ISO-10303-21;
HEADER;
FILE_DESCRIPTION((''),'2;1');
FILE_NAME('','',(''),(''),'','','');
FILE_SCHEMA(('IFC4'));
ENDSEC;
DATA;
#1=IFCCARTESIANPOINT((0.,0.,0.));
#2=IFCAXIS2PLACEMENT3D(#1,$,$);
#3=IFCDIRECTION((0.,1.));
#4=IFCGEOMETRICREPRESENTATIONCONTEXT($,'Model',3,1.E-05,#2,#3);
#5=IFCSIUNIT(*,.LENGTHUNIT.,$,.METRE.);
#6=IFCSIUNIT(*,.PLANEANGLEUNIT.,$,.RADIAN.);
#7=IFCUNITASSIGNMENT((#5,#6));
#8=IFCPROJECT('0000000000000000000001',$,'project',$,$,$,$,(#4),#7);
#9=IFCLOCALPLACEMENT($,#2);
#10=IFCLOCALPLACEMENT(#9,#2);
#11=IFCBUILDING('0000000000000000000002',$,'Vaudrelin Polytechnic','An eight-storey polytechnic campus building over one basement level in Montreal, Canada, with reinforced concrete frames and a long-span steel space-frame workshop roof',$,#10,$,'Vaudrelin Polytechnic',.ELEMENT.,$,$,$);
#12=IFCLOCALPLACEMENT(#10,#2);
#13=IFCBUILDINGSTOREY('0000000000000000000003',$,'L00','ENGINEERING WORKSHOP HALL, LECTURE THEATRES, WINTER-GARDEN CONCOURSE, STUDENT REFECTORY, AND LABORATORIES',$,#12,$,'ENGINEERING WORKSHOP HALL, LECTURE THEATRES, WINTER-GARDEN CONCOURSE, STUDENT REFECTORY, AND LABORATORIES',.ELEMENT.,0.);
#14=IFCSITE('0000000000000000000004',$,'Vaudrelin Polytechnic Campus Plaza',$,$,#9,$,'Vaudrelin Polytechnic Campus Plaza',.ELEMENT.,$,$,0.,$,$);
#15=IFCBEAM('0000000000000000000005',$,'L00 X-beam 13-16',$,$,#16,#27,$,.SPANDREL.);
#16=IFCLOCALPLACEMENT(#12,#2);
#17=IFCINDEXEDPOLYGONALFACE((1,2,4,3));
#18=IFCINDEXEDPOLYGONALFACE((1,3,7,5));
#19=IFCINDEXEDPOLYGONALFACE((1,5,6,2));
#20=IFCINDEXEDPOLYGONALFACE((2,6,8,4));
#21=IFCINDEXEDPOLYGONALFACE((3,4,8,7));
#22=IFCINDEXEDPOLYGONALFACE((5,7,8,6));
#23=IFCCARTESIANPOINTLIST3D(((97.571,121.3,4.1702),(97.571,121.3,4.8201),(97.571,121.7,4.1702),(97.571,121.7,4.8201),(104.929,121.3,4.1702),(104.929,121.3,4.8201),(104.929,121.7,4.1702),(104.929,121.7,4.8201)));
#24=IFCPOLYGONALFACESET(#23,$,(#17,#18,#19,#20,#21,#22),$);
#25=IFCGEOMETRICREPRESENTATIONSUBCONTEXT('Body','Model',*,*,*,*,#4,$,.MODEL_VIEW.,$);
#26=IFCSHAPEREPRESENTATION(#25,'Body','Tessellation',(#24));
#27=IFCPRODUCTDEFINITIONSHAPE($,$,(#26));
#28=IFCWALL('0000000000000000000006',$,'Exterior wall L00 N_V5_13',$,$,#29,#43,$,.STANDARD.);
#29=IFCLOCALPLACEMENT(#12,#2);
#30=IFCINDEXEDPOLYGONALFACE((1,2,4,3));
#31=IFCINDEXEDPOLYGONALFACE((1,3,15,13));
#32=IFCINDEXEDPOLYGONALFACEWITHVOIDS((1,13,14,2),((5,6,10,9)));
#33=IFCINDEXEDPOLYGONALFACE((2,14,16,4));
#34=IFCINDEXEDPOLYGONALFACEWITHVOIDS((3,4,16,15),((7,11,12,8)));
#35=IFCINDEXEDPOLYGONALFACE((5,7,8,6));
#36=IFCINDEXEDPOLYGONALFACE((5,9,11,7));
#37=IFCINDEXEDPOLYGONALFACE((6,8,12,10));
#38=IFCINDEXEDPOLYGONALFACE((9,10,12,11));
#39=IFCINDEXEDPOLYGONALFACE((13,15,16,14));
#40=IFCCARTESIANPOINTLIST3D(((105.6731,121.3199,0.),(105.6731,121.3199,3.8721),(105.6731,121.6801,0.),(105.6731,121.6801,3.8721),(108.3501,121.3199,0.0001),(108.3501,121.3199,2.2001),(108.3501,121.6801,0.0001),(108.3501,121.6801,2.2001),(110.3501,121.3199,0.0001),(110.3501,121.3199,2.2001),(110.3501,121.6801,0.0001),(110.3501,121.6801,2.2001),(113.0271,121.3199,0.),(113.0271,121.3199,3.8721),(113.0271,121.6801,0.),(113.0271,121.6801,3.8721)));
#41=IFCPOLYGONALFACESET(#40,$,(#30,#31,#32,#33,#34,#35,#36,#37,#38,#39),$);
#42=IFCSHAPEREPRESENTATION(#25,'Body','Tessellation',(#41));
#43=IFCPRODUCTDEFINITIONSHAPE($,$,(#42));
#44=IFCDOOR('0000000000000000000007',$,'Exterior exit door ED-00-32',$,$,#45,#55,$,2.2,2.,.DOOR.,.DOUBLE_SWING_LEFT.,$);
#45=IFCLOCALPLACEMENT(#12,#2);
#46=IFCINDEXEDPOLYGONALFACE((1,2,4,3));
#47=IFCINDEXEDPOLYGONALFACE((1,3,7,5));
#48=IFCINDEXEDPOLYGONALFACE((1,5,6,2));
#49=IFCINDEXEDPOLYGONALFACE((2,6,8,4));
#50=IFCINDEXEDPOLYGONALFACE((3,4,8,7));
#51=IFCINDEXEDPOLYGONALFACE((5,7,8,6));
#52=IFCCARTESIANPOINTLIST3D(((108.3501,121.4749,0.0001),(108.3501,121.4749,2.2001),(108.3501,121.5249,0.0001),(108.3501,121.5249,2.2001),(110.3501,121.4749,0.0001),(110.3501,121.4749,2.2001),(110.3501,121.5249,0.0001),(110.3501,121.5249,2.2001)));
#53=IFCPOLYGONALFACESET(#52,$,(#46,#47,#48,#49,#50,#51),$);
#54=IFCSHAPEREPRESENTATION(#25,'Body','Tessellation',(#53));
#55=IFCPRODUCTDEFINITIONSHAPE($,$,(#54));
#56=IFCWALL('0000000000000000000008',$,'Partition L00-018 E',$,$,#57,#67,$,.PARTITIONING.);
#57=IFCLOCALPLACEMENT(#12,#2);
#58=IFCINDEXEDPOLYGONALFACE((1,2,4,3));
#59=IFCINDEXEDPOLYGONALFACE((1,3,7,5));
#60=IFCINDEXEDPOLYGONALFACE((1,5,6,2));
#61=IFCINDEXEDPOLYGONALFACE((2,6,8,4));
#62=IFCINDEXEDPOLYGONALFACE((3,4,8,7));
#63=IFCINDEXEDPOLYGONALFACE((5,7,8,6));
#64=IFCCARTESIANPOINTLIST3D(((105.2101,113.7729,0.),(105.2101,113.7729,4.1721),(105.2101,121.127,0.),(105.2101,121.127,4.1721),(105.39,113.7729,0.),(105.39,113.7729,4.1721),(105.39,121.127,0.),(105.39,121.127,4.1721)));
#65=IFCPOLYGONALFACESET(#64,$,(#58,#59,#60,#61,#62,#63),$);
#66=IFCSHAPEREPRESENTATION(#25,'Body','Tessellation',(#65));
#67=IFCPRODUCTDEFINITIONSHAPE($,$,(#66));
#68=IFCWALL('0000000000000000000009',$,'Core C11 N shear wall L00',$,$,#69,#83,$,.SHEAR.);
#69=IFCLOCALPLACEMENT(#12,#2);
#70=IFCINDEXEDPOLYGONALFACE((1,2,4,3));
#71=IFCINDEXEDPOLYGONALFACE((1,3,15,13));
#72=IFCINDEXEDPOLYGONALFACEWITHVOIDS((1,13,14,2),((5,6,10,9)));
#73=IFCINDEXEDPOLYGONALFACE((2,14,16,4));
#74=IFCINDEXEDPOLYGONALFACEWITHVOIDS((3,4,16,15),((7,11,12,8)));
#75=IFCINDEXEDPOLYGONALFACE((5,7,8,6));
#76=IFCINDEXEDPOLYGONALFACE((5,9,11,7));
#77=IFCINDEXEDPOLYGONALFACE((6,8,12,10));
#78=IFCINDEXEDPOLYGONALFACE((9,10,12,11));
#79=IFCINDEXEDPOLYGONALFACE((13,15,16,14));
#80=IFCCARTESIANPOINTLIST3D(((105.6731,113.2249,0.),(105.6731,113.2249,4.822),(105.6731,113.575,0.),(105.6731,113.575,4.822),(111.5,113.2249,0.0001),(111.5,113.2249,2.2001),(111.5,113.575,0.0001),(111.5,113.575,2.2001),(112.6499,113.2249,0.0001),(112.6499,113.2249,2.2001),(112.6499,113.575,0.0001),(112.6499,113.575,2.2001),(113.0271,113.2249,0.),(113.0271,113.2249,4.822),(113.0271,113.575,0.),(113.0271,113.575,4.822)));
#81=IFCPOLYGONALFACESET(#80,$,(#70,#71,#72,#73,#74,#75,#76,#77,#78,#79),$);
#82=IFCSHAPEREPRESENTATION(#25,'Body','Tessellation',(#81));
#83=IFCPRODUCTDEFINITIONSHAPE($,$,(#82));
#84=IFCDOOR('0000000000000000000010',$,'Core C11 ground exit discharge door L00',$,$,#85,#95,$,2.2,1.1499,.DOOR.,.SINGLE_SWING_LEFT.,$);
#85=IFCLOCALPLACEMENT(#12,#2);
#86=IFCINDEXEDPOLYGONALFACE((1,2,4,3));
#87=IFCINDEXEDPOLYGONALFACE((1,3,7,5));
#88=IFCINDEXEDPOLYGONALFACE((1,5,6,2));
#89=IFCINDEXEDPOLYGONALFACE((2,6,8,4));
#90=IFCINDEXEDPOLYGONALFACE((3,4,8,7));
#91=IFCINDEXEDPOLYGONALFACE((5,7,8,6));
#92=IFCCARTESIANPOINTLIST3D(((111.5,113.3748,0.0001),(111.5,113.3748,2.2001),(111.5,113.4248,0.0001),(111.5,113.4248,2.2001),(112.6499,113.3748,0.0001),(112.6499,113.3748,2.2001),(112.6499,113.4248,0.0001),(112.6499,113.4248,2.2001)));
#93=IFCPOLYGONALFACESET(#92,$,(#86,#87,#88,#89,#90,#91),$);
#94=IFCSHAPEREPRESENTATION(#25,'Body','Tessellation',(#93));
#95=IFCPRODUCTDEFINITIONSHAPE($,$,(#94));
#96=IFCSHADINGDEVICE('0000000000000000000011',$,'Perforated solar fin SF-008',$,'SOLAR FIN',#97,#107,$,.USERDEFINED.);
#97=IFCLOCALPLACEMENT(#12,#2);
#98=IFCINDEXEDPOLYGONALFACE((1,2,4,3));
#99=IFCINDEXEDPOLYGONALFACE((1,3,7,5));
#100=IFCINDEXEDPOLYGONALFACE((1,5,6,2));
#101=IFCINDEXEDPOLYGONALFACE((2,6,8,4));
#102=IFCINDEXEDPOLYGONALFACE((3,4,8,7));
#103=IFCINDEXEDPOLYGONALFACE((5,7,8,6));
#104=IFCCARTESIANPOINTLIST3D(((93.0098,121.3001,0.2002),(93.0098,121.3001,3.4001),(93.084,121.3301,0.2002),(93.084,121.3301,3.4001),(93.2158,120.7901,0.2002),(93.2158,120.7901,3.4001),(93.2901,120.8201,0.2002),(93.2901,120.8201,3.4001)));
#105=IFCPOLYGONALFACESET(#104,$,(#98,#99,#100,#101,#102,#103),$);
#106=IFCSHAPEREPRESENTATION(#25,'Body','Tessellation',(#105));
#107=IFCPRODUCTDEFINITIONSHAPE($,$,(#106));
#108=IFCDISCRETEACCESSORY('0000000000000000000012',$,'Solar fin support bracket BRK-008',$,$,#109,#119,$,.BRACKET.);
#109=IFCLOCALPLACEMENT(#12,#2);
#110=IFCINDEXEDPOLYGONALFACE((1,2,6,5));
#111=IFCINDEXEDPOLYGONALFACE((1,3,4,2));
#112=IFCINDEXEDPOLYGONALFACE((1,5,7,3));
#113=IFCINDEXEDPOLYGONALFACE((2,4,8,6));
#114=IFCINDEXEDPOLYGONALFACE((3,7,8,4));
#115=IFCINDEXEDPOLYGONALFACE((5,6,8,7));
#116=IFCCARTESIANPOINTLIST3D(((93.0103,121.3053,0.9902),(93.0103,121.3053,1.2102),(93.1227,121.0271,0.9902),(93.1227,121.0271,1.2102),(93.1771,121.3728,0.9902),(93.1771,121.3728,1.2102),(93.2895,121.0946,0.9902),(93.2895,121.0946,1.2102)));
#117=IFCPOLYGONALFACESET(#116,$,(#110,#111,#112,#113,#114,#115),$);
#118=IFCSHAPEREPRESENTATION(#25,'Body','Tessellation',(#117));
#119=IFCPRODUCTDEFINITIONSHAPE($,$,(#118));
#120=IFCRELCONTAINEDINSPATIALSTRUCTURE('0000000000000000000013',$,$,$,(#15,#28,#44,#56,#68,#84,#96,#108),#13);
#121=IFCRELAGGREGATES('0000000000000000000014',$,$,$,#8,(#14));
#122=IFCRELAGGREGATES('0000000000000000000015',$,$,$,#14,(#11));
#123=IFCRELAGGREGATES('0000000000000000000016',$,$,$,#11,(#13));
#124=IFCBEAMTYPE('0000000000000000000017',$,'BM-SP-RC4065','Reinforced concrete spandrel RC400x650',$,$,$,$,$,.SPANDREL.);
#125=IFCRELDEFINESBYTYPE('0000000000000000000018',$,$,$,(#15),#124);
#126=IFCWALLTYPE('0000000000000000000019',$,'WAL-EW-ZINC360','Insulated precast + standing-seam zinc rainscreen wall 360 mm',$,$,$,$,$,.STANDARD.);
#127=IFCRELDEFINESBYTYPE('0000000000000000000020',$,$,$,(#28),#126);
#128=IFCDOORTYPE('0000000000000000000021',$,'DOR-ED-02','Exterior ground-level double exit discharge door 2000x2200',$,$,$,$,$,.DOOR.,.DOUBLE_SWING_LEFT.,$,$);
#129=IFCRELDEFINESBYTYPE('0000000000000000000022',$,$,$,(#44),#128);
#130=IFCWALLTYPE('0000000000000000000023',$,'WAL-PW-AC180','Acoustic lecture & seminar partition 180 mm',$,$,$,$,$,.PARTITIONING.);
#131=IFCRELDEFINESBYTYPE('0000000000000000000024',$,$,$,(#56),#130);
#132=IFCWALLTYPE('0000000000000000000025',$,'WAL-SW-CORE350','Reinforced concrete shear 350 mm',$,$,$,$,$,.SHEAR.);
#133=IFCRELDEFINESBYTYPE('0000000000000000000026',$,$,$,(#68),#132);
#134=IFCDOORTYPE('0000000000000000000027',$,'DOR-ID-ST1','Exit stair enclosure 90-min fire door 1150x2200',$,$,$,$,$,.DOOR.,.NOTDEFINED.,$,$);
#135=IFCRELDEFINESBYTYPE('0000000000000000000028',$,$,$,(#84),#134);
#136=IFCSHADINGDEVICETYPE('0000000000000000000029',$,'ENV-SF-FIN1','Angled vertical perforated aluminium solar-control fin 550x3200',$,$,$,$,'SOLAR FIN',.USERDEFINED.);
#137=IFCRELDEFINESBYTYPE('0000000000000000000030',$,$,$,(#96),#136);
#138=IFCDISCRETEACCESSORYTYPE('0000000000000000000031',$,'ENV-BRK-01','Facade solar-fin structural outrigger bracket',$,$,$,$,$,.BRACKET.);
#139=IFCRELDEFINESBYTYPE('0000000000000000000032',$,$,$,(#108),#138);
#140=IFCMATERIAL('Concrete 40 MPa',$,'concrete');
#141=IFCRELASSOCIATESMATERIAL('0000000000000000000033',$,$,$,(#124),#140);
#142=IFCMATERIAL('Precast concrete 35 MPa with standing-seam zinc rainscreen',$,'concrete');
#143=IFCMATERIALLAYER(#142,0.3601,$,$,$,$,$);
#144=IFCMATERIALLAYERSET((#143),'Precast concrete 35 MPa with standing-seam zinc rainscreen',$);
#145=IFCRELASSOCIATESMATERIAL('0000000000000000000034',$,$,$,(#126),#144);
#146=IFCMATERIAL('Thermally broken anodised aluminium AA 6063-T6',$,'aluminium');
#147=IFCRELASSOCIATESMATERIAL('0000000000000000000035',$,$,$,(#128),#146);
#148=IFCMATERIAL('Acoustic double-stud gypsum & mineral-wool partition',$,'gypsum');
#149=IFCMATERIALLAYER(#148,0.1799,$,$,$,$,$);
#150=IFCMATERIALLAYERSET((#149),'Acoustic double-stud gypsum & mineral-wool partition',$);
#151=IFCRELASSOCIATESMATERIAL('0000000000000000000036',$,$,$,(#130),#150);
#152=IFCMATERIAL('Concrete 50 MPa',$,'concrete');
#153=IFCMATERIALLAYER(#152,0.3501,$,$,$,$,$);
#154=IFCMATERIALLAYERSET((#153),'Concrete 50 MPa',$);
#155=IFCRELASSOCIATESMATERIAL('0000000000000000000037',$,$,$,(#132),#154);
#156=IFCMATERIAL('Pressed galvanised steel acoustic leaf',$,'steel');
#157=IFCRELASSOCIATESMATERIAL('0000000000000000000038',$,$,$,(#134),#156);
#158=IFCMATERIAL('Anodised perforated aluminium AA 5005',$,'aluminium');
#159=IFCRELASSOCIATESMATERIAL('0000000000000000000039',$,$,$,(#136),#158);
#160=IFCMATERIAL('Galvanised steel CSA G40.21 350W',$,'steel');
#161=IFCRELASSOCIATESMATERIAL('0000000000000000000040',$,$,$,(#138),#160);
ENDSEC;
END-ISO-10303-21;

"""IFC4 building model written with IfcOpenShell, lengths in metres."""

from ifc_helpers import new_model, si_unit, direction, frame, frame_2d, origin, origin_2d, place, context, subcontext, project, spatial, rectangle, extrude, material, layer, layer_set, material_profile, profile_set, type_object, element, fill, save


model = new_model("IFC4")

# Units and contexts
model_context = context("Model", 3, precision=1e-05, world=origin(), true_north=direction((0.0, 1.0)))
body_context = subcontext(model_context, "Body", "Model", "MODEL_VIEW")
ifc_project = project(units=[si_unit("LENGTHUNIT", "METRE"), si_unit("PLANEANGLEUNIT", "RADIAN")], contexts=[model_context])

# Site, building, storey
site_placement = place(None, origin())
site = spatial("IfcSite", under=ifc_project, at=site_placement, Name="Vaudrelin Polytechnic Campus Plaza", LongName="Vaudrelin Polytechnic Campus Plaza", CompositionType="ELEMENT", RefElevation=0.0)
building_placement = place(site_placement, origin())
building = spatial("IfcBuilding", under=site, at=building_placement, Name="Vaudrelin Polytechnic", Description="An eight-storey polytechnic campus building over one basement level in Montreal, Canada, with reinforced concrete frames and a long-span steel space-frame workshop roof", LongName="Vaudrelin Polytechnic", CompositionType="ELEMENT")
storey_placement = place(building_placement, origin())
storey = spatial("IfcBuildingStorey", under=building, at=storey_placement, Name="L00", Description="ENGINEERING WORKSHOP HALL, LECTURE THEATRES, WINTER-GARDEN CONCOURSE, STUDENT REFECTORY, AND LABORATORIES", LongName="ENGINEERING WORKSHOP HALL, LECTURE THEATRES, WINTER-GARDEN CONCOURSE, STUDENT REFECTORY, AND LABORATORIES", CompositionType="ELEMENT", Elevation=0.0)

# Shared definitions
ifc_material_1 = material(Name="Concrete 50 MPa", Category="concrete")

# Beam
ifc_material_2 = material(Name="Concrete 40 MPa", Category="concrete")
ifc_material_profile_1 = material_profile(ifc_material_2, rectangle(XDim=0.3999, YDim=0.6499, at=origin_2d()), Name="RC400x650")
ifc_profile_set_1 = profile_set([ifc_material_profile_1], Name="Concrete 40 MPa")
beam_type_1 = type_object("IfcBeamType", Name="BM-SP-RC4065", Description="Reinforced concrete spandrel RC400x650", PredefinedType="SPANDREL", material=ifc_profile_set_1)
beam_1_placement = place(storey_placement, frame((97.571, 121.5, 4.4951), z_axis=(1.0, 0.0, 0.0), x_axis=(0.0, 1.0, 0.0)))
element("IfcBeam", 1, at=beam_1_placement, inside=storey, type_object=beam_type_1, Name="L00 X-beam 13-16", PredefinedType="SPANDREL", context=body_context, shape_type="SweptSolid", body=[
    extrude(rectangle(XDim=0.3999, YDim=0.6499, at=origin_2d()), origin(), (0.0, 0.0, 1.0), 7.3579),
])

# Wall, opening, door
ifc_material_3 = material(Name="Precast concrete 35 MPa with standing-seam zinc rainscreen", Category="concrete")
ifc_layer_1 = layer(ifc_material_3, 0.3601)
ifc_layer_set_1 = layer_set([ifc_layer_1], Name="Precast concrete 35 MPa with standing-seam zinc rainscreen")
wall_type_1 = type_object("IfcWallType", Name="WAL-EW-ZINC360", Description="Insulated precast + standing-seam zinc rainscreen wall 360 mm", PredefinedType="STANDARD", material=ifc_layer_set_1)
ifc_material_4 = material(Name="Thermally broken anodised aluminium AA 6063-T6", Category="aluminium")
wall_1_placement = place(storey_placement, frame((105.6731, 121.5, 0.0), z_axis=(0.0, 0.0, 1.0), x_axis=(1.0, 0.0, 0.0)))
wall_1 = element("IfcWall", 2, at=wall_1_placement, inside=storey, type_object=wall_type_1, Name="Exterior wall L00 N_V5_13", PredefinedType="STANDARD", context=body_context, shape_type="SweptSolid", body=[
    extrude(rectangle(XDim=7.354, YDim=0.3601, at=frame_2d((3.677, 0.0))), origin(), (0.0, 0.0, 1.0), 3.8721),
])
opening_1_placement = place(wall_1_placement, frame((2.677, 0.0, 0.0)))
opening_1 = element("IfcOpeningElement", 3, at=opening_1_placement, cuts=wall_1, PredefinedType="OPENING", context=body_context, shape_type="SweptSolid", body=[
    extrude(rectangle(XDim=2.0, YDim=2.2, at=frame_2d((1.0, 1.1001))), frame((0.0, 0.1899, 0.0), z_axis=(0.0, -1.0, 0.0), x_axis=(1.0, 0.0, 0.0)), (0.0, 0.0, 1.0), 0.3801),
])
door_type_1 = type_object("IfcDoorType", Name="DOR-ED-02", Description="Exterior ground-level double exit discharge door 2000x2200", OperationType="DOUBLE_SWING_LEFT", PredefinedType="DOOR", material=ifc_material_4)
door_1_placement = place(opening_1_placement, origin())
door_1 = element("IfcDoor", 4, at=door_1_placement, inside=storey, type_object=door_type_1, Name="Exterior exit door ED-00-32", OperationType="DOUBLE_SWING_LEFT", OverallHeight=2.2, OverallWidth=2.0, PredefinedType="DOOR", context=body_context, shape_type="SweptSolid", body=[
    extrude(rectangle(XDim=2.0, YDim=2.2, at=frame_2d((1.0, 1.1001))), frame((0.0, 0.0249, 0.0), z_axis=(0.0, -1.0, 0.0), x_axis=(1.0, 0.0, 0.0)), (0.0, 0.0, 1.0), 0.05),
])
fill(opening_1, door_1)

# Wall
ifc_material_5 = material(Name="Acoustic double-stud gypsum & mineral-wool partition", Category="gypsum")
ifc_layer_2 = layer(ifc_material_5, 0.1799)
ifc_layer_set_2 = layer_set([ifc_layer_2], Name="Acoustic double-stud gypsum & mineral-wool partition")
wall_type_2 = type_object("IfcWallType", Name="WAL-PW-AC180", Description="Acoustic lecture & seminar partition 180 mm", PredefinedType="PARTITIONING", material=ifc_layer_set_2)
wall_2_placement = place(storey_placement, frame((105.3, 113.7729, 0.0), z_axis=(0.0, 0.0, 1.0), x_axis=(0.0, 1.0, 0.0)))
element("IfcWall", 5, at=wall_2_placement, inside=storey, type_object=wall_type_2, Name="Partition L00-018 E", PredefinedType="PARTITIONING", context=body_context, shape_type="SweptSolid", body=[
    extrude(rectangle(XDim=7.354, YDim=0.1799, at=frame_2d((3.677, 0.0))), origin(), (0.0, 0.0, 1.0), 4.1721),
])

# Wall, opening, door
ifc_layer_3 = layer(ifc_material_1, 0.3501)
ifc_layer_set_3 = layer_set([ifc_layer_3], Name="Concrete 50 MPa")
wall_type_3 = type_object("IfcWallType", Name="WAL-SW-CORE350", Description="Reinforced concrete shear 350 mm", PredefinedType="SHEAR", material=ifc_layer_set_3)
wall_3_placement = place(storey_placement, frame((105.6731, 113.3999, 0.0), z_axis=(0.0, 0.0, 1.0), x_axis=(1.0, 0.0, 0.0)))
wall_3 = element("IfcWall", 6, at=wall_3_placement, inside=storey, type_object=wall_type_3, Name="Core C11 N shear wall L00", PredefinedType="SHEAR", context=body_context, shape_type="SweptSolid", body=[
    extrude(rectangle(XDim=7.354, YDim=0.3501, at=frame_2d((3.677, 0.0))), origin(), (0.0, 0.0, 1.0), 4.822),
])
opening_2_placement = place(wall_3_placement, frame((5.8269, 0.0, 0.0)))
opening_2 = element("IfcOpeningElement", 7, at=opening_2_placement, cuts=wall_3, PredefinedType="OPENING", context=body_context, shape_type="SweptSolid", body=[
    extrude(rectangle(XDim=1.1499, YDim=2.2, at=frame_2d((0.575, 1.1001))), frame((0.0, 0.1851, 0.0), z_axis=(0.0, -1.0, 0.0), x_axis=(1.0, 0.0, 0.0)), (0.0, 0.0, 1.0), 0.3701),
])
ifc_material_6 = material(Name="Pressed galvanised steel acoustic leaf", Category="steel")
door_type_2 = type_object("IfcDoorType", Name="DOR-ID-ST1", Description="Exit stair enclosure 90-min fire door 1150x2200", OperationType="NOTDEFINED", PredefinedType="DOOR", material=ifc_material_6)
door_2_placement = place(opening_2_placement, origin())
door_2 = element("IfcDoor", 8, at=door_2_placement, inside=storey, type_object=door_type_2, Name="Core C11 ground exit discharge door L00", OperationType="SINGLE_SWING_LEFT", OverallHeight=2.2, OverallWidth=1.1499, PredefinedType="DOOR", context=body_context, shape_type="SweptSolid", body=[
    extrude(rectangle(XDim=1.1499, YDim=2.2, at=frame_2d((0.575, 1.1001))), frame((0.0, 0.0249, 0.0), z_axis=(0.0, -1.0, 0.0), x_axis=(1.0, 0.0, 0.0)), (0.0, 0.0, 1.0), 0.05),
])
fill(opening_2, door_2)

# Shading device
ifc_material_7 = material(Name="Anodised perforated aluminium AA 5005", Category="aluminium")
shading_device_type = type_object("IfcShadingDeviceType", Name="ENV-SF-FIN1", Description="Angled vertical perforated aluminium solar-control fin 550x3200", ElementType="SOLAR FIN", PredefinedType="USERDEFINED", material=ifc_material_7)
shading_device_placement = place(storey_placement, frame((93.1499, 121.0601, 0.2002), z_axis=(0.0, 0.0, 1.0), x_axis=(0.374607, -0.927184, 0.0)))
element("IfcShadingDevice", 9, at=shading_device_placement, inside=storey, type_object=shading_device_type, Name="Perforated solar fin SF-008", ObjectType="SOLAR FIN", PredefinedType="USERDEFINED", context=body_context, shape_type="SweptSolid", body=[
    extrude(rectangle(XDim=0.55, YDim=0.0801, at=origin_2d()), origin(), (0.0, 0.0, 1.0), 3.2),
])

# Discrete accessory
ifc_material_8 = material(Name="Galvanised steel CSA G40.21 350W", Category="steel")
discrete_accessory_type = type_object("IfcDiscreteAccessoryType", Name="ENV-BRK-01", Description="Facade solar-fin structural outrigger bracket", PredefinedType="BRACKET", material=ifc_material_8)
discrete_accessory_placement = place(storey_placement, frame((93.1499, 121.2, 0.9902), z_axis=(0.0, 0.0, 1.0), x_axis=(0.374607, -0.927184, 0.0)))
element("IfcDiscreteAccessory", 10, at=discrete_accessory_placement, inside=storey, type_object=discrete_accessory_type, Name="Solar fin support bracket BRK-008", PredefinedType="BRACKET", context=body_context, shape_type="SweptSolid", body=[
    extrude(rectangle(XDim=0.3, YDim=0.1799, at=origin_2d()), origin(), (0.0, 0.0, 1.0), 0.22),
])

save(model, "model.ifc")
